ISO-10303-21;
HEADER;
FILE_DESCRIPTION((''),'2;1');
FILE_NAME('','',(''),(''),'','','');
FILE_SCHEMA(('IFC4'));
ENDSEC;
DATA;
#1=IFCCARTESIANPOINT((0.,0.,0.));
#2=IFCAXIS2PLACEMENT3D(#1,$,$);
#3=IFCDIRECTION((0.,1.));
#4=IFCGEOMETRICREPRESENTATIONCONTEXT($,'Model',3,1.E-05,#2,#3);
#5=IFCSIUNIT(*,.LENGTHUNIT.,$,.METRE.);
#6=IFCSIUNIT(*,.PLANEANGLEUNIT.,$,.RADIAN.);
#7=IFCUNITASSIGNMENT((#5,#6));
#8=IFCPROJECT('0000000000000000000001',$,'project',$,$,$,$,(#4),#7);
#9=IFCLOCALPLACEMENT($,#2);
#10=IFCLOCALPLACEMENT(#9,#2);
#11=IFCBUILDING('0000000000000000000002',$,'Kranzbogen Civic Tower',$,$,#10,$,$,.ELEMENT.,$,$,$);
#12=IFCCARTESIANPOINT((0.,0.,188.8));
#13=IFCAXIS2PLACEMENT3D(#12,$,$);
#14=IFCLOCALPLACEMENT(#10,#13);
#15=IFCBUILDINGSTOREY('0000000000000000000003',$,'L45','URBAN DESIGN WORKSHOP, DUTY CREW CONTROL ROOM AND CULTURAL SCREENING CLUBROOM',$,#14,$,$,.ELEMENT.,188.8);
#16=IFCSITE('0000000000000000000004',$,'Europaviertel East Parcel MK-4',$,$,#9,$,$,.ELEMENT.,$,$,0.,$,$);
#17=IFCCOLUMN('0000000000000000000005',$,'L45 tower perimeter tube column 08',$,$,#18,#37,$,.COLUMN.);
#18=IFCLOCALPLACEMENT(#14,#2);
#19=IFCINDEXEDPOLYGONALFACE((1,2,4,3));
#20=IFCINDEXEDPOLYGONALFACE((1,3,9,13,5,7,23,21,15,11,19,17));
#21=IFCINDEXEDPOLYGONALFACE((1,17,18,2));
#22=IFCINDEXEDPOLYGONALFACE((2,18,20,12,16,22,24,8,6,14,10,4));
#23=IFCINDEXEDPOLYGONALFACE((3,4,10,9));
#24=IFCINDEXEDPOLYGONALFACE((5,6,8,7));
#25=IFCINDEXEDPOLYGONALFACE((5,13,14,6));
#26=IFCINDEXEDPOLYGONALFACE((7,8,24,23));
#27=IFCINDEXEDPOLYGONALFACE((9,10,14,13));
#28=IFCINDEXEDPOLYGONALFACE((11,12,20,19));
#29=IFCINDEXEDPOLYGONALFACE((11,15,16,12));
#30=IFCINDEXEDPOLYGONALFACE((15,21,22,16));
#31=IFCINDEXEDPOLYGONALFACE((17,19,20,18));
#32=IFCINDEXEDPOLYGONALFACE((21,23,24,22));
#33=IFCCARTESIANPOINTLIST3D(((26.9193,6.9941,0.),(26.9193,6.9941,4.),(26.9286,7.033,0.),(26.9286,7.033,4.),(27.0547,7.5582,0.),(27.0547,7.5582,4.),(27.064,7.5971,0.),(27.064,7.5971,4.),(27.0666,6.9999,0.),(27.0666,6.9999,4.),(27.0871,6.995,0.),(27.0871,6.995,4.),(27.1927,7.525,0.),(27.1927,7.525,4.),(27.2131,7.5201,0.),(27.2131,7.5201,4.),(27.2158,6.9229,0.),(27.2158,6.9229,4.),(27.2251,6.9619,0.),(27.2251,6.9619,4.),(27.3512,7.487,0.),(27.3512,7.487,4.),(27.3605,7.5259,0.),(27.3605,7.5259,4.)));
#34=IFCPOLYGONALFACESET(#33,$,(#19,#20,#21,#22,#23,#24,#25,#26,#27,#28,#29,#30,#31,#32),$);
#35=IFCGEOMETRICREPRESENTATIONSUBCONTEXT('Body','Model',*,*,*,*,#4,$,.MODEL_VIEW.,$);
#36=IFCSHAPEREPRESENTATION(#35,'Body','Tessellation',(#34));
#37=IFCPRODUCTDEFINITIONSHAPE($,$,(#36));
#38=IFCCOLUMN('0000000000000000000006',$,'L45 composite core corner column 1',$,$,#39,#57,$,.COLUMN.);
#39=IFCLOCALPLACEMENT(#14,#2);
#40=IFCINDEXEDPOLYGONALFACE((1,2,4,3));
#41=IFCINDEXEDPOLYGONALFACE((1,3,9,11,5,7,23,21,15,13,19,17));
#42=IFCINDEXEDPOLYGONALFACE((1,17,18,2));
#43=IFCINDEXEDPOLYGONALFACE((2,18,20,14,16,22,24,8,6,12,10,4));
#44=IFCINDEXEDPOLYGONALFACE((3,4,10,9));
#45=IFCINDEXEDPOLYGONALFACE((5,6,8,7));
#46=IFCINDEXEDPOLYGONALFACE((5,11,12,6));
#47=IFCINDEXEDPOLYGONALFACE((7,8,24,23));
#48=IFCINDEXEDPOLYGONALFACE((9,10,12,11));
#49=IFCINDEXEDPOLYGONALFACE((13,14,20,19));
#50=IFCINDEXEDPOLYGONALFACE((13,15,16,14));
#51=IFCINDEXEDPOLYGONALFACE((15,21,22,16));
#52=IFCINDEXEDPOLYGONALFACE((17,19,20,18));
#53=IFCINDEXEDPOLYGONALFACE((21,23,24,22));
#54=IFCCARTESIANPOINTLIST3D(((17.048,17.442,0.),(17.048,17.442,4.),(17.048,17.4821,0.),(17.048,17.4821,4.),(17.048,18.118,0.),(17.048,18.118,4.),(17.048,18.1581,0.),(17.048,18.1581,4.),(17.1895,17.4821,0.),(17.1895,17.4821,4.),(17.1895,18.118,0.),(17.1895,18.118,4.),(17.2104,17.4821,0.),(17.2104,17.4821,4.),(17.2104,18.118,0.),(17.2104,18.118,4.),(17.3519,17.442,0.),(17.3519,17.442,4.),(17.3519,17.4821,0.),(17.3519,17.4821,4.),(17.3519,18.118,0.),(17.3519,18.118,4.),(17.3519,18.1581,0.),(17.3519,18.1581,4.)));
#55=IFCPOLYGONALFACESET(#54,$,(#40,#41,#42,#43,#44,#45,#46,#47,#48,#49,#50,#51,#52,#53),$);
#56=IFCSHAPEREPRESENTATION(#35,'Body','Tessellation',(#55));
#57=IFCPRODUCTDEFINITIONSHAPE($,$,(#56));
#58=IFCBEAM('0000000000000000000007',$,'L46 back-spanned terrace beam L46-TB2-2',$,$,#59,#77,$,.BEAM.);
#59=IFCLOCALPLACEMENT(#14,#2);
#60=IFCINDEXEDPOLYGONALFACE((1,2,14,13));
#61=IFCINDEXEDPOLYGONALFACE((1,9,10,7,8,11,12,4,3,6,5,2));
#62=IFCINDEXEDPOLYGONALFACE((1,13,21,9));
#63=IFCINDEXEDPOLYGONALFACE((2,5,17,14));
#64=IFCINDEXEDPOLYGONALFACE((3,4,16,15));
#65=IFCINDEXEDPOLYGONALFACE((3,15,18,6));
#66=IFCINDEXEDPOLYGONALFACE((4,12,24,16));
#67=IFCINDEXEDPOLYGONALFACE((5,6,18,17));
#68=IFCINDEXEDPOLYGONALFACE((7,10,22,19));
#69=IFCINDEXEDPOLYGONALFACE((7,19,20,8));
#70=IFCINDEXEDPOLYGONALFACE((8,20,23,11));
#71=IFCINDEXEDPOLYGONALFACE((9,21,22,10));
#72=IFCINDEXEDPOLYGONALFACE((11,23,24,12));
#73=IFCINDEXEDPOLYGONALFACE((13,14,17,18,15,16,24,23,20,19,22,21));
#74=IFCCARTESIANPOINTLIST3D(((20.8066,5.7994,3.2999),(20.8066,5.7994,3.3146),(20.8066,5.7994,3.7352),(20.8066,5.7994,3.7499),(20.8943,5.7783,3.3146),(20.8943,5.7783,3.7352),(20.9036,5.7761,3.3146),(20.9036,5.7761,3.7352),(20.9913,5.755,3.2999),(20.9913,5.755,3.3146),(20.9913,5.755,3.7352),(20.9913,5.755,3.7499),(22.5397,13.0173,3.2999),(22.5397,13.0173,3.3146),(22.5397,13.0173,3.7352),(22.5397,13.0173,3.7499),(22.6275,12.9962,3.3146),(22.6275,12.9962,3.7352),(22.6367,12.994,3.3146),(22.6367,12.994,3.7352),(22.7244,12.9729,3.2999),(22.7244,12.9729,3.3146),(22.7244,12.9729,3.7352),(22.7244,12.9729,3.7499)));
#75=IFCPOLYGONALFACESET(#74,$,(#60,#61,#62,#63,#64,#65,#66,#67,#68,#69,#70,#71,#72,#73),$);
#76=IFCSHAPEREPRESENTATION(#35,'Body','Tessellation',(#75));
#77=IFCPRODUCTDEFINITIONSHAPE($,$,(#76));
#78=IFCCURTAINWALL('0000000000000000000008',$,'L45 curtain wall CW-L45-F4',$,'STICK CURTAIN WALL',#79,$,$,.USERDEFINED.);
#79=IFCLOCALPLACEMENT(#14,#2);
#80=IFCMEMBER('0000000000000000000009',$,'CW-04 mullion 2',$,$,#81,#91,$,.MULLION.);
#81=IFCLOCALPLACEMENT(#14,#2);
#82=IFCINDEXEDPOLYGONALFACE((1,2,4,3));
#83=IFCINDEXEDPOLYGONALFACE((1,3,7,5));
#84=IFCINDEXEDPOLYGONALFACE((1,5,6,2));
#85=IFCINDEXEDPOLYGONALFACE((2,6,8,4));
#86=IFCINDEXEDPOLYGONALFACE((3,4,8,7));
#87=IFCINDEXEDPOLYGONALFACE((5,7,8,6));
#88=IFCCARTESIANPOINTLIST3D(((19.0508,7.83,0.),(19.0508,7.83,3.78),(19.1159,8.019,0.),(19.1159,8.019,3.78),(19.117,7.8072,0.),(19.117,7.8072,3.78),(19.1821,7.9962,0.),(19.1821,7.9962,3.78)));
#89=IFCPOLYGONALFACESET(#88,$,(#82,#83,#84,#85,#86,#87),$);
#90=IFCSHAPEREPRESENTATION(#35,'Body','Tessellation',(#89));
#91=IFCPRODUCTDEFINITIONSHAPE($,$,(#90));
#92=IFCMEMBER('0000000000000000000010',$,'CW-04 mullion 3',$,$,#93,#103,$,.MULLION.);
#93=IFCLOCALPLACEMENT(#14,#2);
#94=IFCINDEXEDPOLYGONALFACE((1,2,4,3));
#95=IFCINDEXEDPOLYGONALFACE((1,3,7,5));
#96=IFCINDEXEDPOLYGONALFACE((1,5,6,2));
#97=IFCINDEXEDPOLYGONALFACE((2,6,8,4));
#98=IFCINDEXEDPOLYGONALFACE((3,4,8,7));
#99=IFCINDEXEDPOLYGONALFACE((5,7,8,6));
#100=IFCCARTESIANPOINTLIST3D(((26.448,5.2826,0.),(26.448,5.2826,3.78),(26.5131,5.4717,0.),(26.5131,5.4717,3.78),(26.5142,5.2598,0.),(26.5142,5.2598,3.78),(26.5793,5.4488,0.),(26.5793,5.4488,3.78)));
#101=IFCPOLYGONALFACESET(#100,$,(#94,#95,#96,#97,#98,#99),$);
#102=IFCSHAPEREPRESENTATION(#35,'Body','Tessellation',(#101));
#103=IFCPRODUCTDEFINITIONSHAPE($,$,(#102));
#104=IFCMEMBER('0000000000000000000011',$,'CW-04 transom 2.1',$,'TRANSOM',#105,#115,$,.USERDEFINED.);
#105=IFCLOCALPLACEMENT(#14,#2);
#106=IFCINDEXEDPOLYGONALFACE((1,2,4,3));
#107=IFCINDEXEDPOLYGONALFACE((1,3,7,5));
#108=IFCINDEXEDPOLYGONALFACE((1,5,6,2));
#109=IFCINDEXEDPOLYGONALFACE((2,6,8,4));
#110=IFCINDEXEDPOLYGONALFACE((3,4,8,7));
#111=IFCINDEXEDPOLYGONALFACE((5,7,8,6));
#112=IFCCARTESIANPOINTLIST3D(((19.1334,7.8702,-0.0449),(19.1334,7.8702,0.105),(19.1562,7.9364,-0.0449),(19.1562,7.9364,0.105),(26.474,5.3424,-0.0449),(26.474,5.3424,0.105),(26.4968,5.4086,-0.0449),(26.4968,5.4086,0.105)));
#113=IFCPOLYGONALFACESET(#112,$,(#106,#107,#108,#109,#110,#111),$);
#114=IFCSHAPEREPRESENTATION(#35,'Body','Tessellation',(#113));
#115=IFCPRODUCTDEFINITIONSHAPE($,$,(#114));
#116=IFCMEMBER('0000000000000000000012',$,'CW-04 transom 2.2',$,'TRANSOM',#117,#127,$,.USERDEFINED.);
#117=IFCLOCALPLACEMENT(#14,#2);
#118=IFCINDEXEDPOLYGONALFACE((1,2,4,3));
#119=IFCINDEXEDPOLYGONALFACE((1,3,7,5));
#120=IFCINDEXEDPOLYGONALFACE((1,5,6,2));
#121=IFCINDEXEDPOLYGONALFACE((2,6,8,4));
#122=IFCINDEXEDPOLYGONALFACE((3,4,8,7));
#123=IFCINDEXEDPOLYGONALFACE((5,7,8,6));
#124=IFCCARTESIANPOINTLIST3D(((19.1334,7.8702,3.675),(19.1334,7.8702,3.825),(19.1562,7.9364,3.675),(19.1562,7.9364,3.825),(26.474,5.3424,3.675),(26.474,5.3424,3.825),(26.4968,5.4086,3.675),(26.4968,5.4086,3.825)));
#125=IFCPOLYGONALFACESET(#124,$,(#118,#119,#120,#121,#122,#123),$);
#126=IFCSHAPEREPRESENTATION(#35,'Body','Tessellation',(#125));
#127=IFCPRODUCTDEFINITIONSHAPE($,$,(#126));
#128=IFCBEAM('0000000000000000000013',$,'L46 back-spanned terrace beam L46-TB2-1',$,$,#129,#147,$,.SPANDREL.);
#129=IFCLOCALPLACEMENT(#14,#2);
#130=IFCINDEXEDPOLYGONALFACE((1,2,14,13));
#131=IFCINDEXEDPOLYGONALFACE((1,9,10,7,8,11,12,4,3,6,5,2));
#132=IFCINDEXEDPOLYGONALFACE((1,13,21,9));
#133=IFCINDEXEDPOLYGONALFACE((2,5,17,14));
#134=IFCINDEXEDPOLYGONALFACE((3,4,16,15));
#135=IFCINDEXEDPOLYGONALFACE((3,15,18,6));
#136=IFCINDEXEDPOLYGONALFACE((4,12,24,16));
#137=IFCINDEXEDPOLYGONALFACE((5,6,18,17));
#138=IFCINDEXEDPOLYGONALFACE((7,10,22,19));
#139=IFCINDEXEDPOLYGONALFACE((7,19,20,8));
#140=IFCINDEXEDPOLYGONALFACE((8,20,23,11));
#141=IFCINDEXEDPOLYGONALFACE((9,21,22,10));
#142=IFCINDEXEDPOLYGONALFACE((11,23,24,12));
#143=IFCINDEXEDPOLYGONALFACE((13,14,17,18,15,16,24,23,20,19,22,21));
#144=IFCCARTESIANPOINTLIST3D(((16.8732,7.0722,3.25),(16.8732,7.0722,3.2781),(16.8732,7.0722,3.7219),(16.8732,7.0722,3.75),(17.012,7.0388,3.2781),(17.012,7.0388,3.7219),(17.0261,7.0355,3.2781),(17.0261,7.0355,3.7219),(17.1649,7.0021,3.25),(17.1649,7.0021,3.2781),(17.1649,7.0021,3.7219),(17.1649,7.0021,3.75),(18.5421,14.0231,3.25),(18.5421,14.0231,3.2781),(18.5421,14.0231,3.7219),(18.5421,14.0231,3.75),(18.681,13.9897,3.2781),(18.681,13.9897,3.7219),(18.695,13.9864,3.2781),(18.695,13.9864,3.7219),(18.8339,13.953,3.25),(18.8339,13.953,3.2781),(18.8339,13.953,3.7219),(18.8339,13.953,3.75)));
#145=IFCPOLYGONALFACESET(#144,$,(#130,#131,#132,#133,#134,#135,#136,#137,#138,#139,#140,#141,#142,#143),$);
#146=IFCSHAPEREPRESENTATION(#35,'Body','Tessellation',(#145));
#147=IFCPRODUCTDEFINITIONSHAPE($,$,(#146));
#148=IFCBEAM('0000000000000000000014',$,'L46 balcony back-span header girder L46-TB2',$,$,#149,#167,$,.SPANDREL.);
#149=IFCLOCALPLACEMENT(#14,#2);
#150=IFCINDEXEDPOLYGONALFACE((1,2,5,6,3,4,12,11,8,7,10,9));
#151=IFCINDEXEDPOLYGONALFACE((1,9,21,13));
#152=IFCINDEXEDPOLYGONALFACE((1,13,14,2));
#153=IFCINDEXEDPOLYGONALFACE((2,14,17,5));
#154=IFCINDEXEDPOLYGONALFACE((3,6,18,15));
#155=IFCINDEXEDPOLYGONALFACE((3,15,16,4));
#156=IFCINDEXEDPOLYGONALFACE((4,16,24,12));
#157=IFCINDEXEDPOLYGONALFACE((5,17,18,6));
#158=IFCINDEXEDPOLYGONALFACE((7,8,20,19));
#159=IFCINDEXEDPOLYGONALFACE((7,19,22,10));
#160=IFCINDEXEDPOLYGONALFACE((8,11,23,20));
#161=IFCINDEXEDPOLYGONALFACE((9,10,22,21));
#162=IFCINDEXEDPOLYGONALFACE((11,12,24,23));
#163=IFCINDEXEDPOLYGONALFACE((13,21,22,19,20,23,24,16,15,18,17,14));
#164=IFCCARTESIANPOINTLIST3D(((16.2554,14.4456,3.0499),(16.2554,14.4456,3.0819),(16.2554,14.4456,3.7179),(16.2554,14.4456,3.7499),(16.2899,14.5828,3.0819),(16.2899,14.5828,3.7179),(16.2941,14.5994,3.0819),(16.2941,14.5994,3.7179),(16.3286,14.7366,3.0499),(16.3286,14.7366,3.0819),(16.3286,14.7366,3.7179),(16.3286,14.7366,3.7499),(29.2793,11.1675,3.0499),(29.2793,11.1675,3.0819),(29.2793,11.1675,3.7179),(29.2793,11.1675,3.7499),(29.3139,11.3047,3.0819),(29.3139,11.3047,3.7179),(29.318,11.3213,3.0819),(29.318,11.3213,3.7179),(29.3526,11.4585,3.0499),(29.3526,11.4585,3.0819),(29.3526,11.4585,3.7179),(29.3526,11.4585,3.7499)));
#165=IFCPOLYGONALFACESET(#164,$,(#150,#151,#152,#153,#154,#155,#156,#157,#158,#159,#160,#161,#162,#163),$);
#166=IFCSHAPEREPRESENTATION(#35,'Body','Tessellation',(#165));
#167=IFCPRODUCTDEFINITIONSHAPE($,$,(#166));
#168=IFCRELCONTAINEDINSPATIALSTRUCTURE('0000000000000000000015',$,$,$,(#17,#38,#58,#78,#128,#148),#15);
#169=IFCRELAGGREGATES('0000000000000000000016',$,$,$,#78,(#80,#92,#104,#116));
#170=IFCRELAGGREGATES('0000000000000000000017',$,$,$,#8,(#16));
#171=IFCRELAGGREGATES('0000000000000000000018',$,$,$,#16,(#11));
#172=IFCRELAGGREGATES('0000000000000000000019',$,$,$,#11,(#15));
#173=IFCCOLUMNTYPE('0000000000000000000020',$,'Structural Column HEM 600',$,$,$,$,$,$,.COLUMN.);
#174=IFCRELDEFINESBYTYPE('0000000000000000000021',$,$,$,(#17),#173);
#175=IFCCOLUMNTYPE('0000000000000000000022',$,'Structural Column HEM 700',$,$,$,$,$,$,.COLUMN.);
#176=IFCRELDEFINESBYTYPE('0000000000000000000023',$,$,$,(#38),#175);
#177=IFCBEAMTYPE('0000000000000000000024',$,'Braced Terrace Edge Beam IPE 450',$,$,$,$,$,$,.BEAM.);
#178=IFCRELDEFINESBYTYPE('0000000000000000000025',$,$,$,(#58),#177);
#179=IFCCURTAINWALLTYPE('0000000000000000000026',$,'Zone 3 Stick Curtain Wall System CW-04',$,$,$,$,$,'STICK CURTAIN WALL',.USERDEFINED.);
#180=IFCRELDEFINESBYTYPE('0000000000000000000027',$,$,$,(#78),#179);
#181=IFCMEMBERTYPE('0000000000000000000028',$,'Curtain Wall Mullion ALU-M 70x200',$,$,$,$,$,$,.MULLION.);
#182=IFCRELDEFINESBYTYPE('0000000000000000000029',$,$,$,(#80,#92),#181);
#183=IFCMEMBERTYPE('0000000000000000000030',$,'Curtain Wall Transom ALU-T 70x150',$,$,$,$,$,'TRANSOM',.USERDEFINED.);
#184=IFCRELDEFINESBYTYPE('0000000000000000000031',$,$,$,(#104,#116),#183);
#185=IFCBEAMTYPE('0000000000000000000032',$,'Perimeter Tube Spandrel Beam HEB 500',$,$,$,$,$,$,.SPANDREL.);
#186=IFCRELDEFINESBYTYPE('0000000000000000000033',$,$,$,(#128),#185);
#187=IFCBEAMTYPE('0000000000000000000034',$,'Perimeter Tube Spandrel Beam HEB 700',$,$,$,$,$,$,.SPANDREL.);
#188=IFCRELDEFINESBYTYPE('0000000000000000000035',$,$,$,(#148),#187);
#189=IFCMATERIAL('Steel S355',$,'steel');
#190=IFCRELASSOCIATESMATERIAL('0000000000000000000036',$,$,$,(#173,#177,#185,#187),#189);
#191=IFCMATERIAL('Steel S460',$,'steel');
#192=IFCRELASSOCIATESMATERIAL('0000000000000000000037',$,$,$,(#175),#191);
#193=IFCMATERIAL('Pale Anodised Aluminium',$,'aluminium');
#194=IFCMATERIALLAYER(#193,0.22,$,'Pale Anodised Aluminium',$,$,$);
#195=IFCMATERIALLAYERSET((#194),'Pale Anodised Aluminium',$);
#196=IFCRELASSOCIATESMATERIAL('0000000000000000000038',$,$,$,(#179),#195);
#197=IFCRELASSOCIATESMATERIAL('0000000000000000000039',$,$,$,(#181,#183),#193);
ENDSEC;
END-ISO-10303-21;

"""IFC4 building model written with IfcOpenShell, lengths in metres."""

from ifc_helpers import new_model, si_unit, direction, frame, origin, origin_2d, place, context, subcontext, project, spatial, rectangle, i_section, extrude, material, layer, layer_set, material_profile, profile_set, type_object, element, aggregate, save


model = new_model("IFC4")

# Units and contexts
model_context = context("Model", 3, precision=1e-05, world=origin(), true_north=direction((0.0, 1.0)))
body_context = subcontext(model_context, "Body", "Model", "MODEL_VIEW")
ifc_project = project(units=[si_unit("LENGTHUNIT", "METRE"), si_unit("PLANEANGLEUNIT", "RADIAN")], contexts=[model_context])

# Site, building, storey
site_placement = place(None, origin())
site = spatial("IfcSite", under=ifc_project, at=site_placement, Name="Europaviertel East Parcel MK-4", CompositionType="ELEMENT", RefElevation=0.0)
building_placement = place(site_placement, origin())
building = spatial("IfcBuilding", under=site, at=building_placement, Name="Kranzbogen Civic Tower", CompositionType="ELEMENT")
storey_placement = place(building_placement, frame((0.0, 0.0, 188.8)))
storey = spatial("IfcBuildingStorey", under=building, at=storey_placement, Name="L45", Description="URBAN DESIGN WORKSHOP, DUTY CREW CONTROL ROOM AND CULTURAL SCREENING CLUBROOM", CompositionType="ELEMENT", Elevation=188.8)

# Columns
ifc_material_1 = material(Name="Steel S355", Category="steel")
ifc_material_profile_1 = material_profile(ifc_material_1, i_section(OverallWidth=0.3049, OverallDepth=0.6201, WebThickness=0.021, FlangeThickness=0.04, at=origin_2d()), Name="HEM 600")
ifc_profile_set_1 = profile_set([ifc_material_profile_1], Name="Steel S355")
column_type_1 = type_object("IfcColumnType", Name="Structural Column HEM 600", PredefinedType="COLUMN", material=ifc_profile_set_1)
column_1_placement = place(storey_placement, frame((27.1399, 7.26, 0.0), z_axis=(0.0, 0.0, 1.0), x_axis=(-0.97237, 0.233445, 0.0)))
element("IfcColumn", 1, at=column_1_placement, inside=storey, type_object=column_type_1, Name="L45 tower perimeter tube column 08", PredefinedType="COLUMN", context=body_context, shape_type="SweptSolid", body=[
    extrude(i_section(OverallWidth=0.3049, OverallDepth=0.6201, WebThickness=0.021, FlangeThickness=0.04, at=origin_2d()), origin(), (0.0, 0.0, 1.0), 4.0),
])
ifc_material_2 = material(Name="Steel S460", Category="steel")
ifc_material_profile_2 = material_profile(ifc_material_2, i_section(OverallWidth=0.304, OverallDepth=0.7161, WebThickness=0.021, FlangeThickness=0.04, at=origin_2d()), Name="HEM 700")
ifc_profile_set_2 = profile_set([ifc_material_profile_2], Name="Steel S460")
column_type_2 = type_object("IfcColumnType", Name="Structural Column HEM 700", PredefinedType="COLUMN", material=ifc_profile_set_2)
column_2_placement = place(storey_placement, frame((17.2, 17.8, 0.0), z_axis=(0.0, 0.0, 1.0), x_axis=(1.0, 0.0, 0.0)))
element("IfcColumn", 2, at=column_2_placement, inside=storey, type_object=column_type_2, Name="L45 composite core corner column 1", PredefinedType="COLUMN", context=body_context, shape_type="SweptSolid", body=[
    extrude(i_section(OverallWidth=0.304, OverallDepth=0.7161, WebThickness=0.021, FlangeThickness=0.04, at=origin_2d()), origin(), (0.0, 0.0, 1.0), 4.0),
])

# Beam
ifc_material_profile_3 = material_profile(ifc_material_1, i_section(OverallWidth=0.1899, OverallDepth=0.45, WebThickness=0.0095, FlangeThickness=0.0146, at=origin_2d()), Name="IPE 450")
ifc_profile_set_3 = profile_set([ifc_material_profile_3], Name="Steel S355")
beam_type_1 = type_object("IfcBeamType", Name="Braced Terrace Edge Beam IPE 450", PredefinedType="BEAM", material=ifc_profile_set_3)
beam_1_placement = place(storey_placement, frame((22.6321, 12.9951, 3.5249), z_axis=(-0.233479, -0.972362, 0.0), x_axis=(0.972362, -0.233479, 0.0)))
element("IfcBeam", 3, at=beam_1_placement, inside=storey, type_object=beam_type_1, Name="L46 back-spanned terrace beam L46-TB2-2", PredefinedType="BEAM", context=body_context, shape_type="SweptSolid", body=[
    extrude(i_section(OverallWidth=0.1899, OverallDepth=0.45, WebThickness=0.0095, FlangeThickness=0.0146, at=origin_2d()), origin(), (0.0, 0.0, 1.0), 7.4231),
])

# Curtain wall, members
ifc_material_3 = material(Name="Pale Anodised Aluminium", Category="aluminium")
ifc_layer_1 = layer(ifc_material_3, 0.22, Name="Pale Anodised Aluminium")
ifc_layer_set_1 = layer_set([ifc_layer_1], Name="Pale Anodised Aluminium")
curtain_wall_type = type_object("IfcCurtainWallType", Name="Zone 3 Stick Curtain Wall System CW-04", ElementType="STICK CURTAIN WALL", PredefinedType="USERDEFINED", material=ifc_layer_set_1)
curtain_wall_placement = place(storey_placement, origin())
curtain_wall = element("IfcCurtainWall", 4, at=curtain_wall_placement, inside=storey, type_object=curtain_wall_type, Name="L45 curtain wall CW-L45-F4", ObjectType="STICK CURTAIN WALL", PredefinedType="USERDEFINED")
ifc_material_profile_4 = material_profile(ifc_material_3, rectangle(XDim=0.0701, YDim=0.2, at=origin_2d()), Name="ALU-M 70x200")
ifc_profile_set_4 = profile_set([ifc_material_profile_4], Name="Pale Anodised Aluminium")
member_type_1 = type_object("IfcMemberType", Name="Curtain Wall Mullion ALU-M 70x200", PredefinedType="MULLION", material=ifc_profile_set_4)
member_1_placement = place(storey_placement, frame((19.1165, 7.9131, 0.0), z_axis=(0.0, 0.0, 1.0), x_axis=(0.945511, -0.32559, 0.0)))
member_1 = element("IfcMember", 5, at=member_1_placement, type_object=member_type_1, Name="CW-04 mullion 2", PredefinedType="MULLION", context=body_context, shape_type="SweptSolid", body=[
    extrude(rectangle(XDim=0.0701, YDim=0.2, at=origin_2d()), origin(), (0.0, 0.0, 1.0), 3.78),
])
member_2_placement = place(storey_placement, frame((26.5137, 5.3657, 0.0), z_axis=(0.0, 0.0, 1.0), x_axis=(0.945511, -0.32559, 0.0)))
member_2 = element("IfcMember", 6, at=member_2_placement, type_object=member_type_1, Name="CW-04 mullion 3", PredefinedType="MULLION", context=body_context, shape_type="SweptSolid", body=[
    extrude(rectangle(XDim=0.0701, YDim=0.2, at=origin_2d()), origin(), (0.0, 0.0, 1.0), 3.78),
])
ifc_material_profile_5 = material_profile(ifc_material_3, rectangle(XDim=0.0701, YDim=0.1499, at=origin_2d()), Name="ALU-T 70x150")
ifc_profile_set_5 = profile_set([ifc_material_profile_5], Name="Pale Anodised Aluminium")
member_type_2 = type_object("IfcMemberType", Name="Curtain Wall Transom ALU-T 70x150", ElementType="TRANSOM", PredefinedType="USERDEFINED", material=ifc_profile_set_5)
member_3_placement = place(storey_placement, frame((19.1448, 7.9033, 0.03), z_axis=(0.945508, -0.325599, 0.0), x_axis=(0.325599, 0.945508, 0.0)))
member_3 = element("IfcMember", 7, at=member_3_placement, type_object=member_type_2, Name="CW-04 transom 2.1", ObjectType="TRANSOM", PredefinedType="USERDEFINED", context=body_context, shape_type="SweptSolid", body=[
    extrude(rectangle(XDim=0.0701, YDim=0.1499, at=origin_2d()), origin(), (0.0, 0.0, 1.0), 7.7637),
])
member_4_placement = place(storey_placement, frame((19.1448, 7.9033, 3.75), z_axis=(0.945508, -0.325599, 0.0), x_axis=(0.325599, 0.945508, 0.0)))
member_4 = element("IfcMember", 8, at=member_4_placement, type_object=member_type_2, Name="CW-04 transom 2.2", ObjectType="TRANSOM", PredefinedType="USERDEFINED", context=body_context, shape_type="SweptSolid", body=[
    extrude(rectangle(XDim=0.0701, YDim=0.1499, at=origin_2d()), origin(), (0.0, 0.0, 1.0), 7.7637),
])

# Beams
ifc_material_profile_6 = material_profile(ifc_material_1, i_section(OverallWidth=0.3, OverallDepth=0.5, WebThickness=0.0144, FlangeThickness=0.0281, at=origin_2d()), Name="HEB 500")
ifc_profile_set_6 = profile_set([ifc_material_profile_6], Name="Steel S355")
beam_type_2 = type_object("IfcBeamType", Name="Perimeter Tube Spandrel Beam HEB 500", PredefinedType="SPANDREL", material=ifc_profile_set_6)
beam_2_placement = place(storey_placement, frame((18.688, 13.988, 3.5), z_axis=(-0.233469, -0.972364, 0.0), x_axis=(0.972364, -0.233469, 0.0)))
element("IfcBeam", 9, at=beam_2_placement, inside=storey, type_object=beam_type_2, Name="L46 back-spanned terrace beam L46-TB2-1", PredefinedType="SPANDREL", context=body_context, shape_type="SweptSolid", body=[
    extrude(i_section(OverallWidth=0.3, OverallDepth=0.5, WebThickness=0.0144, FlangeThickness=0.0281, at=origin_2d()), origin(), (0.0, 0.0, 1.0), 7.1484),
])
ifc_material_profile_7 = material_profile(ifc_material_1, i_section(OverallWidth=0.3, OverallDepth=0.7, WebThickness=0.0171, FlangeThickness=0.032, at=origin_2d()), Name="HEB 700")
ifc_profile_set_7 = profile_set([ifc_material_profile_7], Name="Steel S355")
beam_type_3 = type_object("IfcBeamType", Name="Perimeter Tube Spandrel Beam HEB 700", PredefinedType="SPANDREL", material=ifc_profile_set_7)
beam_3_placement = place(storey_placement, frame((16.292, 14.5911, 3.3999), z_axis=(0.969754, -0.244084, 0.0), x_axis=(0.244084, 0.969754, 0.0)))
element("IfcBeam", 10, at=beam_3_placement, inside=storey, type_object=beam_type_3, Name="L46 balcony back-span header girder L46-TB2", PredefinedType="SPANDREL", context=body_context, shape_type="SweptSolid", body=[
    extrude(i_section(OverallWidth=0.3, OverallDepth=0.7, WebThickness=0.0171, FlangeThickness=0.032, at=origin_2d()), origin(), (0.0, 0.0, 1.0), 13.4302),
])

aggregate(curtain_wall, [member_1, member_2, member_3, member_4])

save(model, "model.ifc")
